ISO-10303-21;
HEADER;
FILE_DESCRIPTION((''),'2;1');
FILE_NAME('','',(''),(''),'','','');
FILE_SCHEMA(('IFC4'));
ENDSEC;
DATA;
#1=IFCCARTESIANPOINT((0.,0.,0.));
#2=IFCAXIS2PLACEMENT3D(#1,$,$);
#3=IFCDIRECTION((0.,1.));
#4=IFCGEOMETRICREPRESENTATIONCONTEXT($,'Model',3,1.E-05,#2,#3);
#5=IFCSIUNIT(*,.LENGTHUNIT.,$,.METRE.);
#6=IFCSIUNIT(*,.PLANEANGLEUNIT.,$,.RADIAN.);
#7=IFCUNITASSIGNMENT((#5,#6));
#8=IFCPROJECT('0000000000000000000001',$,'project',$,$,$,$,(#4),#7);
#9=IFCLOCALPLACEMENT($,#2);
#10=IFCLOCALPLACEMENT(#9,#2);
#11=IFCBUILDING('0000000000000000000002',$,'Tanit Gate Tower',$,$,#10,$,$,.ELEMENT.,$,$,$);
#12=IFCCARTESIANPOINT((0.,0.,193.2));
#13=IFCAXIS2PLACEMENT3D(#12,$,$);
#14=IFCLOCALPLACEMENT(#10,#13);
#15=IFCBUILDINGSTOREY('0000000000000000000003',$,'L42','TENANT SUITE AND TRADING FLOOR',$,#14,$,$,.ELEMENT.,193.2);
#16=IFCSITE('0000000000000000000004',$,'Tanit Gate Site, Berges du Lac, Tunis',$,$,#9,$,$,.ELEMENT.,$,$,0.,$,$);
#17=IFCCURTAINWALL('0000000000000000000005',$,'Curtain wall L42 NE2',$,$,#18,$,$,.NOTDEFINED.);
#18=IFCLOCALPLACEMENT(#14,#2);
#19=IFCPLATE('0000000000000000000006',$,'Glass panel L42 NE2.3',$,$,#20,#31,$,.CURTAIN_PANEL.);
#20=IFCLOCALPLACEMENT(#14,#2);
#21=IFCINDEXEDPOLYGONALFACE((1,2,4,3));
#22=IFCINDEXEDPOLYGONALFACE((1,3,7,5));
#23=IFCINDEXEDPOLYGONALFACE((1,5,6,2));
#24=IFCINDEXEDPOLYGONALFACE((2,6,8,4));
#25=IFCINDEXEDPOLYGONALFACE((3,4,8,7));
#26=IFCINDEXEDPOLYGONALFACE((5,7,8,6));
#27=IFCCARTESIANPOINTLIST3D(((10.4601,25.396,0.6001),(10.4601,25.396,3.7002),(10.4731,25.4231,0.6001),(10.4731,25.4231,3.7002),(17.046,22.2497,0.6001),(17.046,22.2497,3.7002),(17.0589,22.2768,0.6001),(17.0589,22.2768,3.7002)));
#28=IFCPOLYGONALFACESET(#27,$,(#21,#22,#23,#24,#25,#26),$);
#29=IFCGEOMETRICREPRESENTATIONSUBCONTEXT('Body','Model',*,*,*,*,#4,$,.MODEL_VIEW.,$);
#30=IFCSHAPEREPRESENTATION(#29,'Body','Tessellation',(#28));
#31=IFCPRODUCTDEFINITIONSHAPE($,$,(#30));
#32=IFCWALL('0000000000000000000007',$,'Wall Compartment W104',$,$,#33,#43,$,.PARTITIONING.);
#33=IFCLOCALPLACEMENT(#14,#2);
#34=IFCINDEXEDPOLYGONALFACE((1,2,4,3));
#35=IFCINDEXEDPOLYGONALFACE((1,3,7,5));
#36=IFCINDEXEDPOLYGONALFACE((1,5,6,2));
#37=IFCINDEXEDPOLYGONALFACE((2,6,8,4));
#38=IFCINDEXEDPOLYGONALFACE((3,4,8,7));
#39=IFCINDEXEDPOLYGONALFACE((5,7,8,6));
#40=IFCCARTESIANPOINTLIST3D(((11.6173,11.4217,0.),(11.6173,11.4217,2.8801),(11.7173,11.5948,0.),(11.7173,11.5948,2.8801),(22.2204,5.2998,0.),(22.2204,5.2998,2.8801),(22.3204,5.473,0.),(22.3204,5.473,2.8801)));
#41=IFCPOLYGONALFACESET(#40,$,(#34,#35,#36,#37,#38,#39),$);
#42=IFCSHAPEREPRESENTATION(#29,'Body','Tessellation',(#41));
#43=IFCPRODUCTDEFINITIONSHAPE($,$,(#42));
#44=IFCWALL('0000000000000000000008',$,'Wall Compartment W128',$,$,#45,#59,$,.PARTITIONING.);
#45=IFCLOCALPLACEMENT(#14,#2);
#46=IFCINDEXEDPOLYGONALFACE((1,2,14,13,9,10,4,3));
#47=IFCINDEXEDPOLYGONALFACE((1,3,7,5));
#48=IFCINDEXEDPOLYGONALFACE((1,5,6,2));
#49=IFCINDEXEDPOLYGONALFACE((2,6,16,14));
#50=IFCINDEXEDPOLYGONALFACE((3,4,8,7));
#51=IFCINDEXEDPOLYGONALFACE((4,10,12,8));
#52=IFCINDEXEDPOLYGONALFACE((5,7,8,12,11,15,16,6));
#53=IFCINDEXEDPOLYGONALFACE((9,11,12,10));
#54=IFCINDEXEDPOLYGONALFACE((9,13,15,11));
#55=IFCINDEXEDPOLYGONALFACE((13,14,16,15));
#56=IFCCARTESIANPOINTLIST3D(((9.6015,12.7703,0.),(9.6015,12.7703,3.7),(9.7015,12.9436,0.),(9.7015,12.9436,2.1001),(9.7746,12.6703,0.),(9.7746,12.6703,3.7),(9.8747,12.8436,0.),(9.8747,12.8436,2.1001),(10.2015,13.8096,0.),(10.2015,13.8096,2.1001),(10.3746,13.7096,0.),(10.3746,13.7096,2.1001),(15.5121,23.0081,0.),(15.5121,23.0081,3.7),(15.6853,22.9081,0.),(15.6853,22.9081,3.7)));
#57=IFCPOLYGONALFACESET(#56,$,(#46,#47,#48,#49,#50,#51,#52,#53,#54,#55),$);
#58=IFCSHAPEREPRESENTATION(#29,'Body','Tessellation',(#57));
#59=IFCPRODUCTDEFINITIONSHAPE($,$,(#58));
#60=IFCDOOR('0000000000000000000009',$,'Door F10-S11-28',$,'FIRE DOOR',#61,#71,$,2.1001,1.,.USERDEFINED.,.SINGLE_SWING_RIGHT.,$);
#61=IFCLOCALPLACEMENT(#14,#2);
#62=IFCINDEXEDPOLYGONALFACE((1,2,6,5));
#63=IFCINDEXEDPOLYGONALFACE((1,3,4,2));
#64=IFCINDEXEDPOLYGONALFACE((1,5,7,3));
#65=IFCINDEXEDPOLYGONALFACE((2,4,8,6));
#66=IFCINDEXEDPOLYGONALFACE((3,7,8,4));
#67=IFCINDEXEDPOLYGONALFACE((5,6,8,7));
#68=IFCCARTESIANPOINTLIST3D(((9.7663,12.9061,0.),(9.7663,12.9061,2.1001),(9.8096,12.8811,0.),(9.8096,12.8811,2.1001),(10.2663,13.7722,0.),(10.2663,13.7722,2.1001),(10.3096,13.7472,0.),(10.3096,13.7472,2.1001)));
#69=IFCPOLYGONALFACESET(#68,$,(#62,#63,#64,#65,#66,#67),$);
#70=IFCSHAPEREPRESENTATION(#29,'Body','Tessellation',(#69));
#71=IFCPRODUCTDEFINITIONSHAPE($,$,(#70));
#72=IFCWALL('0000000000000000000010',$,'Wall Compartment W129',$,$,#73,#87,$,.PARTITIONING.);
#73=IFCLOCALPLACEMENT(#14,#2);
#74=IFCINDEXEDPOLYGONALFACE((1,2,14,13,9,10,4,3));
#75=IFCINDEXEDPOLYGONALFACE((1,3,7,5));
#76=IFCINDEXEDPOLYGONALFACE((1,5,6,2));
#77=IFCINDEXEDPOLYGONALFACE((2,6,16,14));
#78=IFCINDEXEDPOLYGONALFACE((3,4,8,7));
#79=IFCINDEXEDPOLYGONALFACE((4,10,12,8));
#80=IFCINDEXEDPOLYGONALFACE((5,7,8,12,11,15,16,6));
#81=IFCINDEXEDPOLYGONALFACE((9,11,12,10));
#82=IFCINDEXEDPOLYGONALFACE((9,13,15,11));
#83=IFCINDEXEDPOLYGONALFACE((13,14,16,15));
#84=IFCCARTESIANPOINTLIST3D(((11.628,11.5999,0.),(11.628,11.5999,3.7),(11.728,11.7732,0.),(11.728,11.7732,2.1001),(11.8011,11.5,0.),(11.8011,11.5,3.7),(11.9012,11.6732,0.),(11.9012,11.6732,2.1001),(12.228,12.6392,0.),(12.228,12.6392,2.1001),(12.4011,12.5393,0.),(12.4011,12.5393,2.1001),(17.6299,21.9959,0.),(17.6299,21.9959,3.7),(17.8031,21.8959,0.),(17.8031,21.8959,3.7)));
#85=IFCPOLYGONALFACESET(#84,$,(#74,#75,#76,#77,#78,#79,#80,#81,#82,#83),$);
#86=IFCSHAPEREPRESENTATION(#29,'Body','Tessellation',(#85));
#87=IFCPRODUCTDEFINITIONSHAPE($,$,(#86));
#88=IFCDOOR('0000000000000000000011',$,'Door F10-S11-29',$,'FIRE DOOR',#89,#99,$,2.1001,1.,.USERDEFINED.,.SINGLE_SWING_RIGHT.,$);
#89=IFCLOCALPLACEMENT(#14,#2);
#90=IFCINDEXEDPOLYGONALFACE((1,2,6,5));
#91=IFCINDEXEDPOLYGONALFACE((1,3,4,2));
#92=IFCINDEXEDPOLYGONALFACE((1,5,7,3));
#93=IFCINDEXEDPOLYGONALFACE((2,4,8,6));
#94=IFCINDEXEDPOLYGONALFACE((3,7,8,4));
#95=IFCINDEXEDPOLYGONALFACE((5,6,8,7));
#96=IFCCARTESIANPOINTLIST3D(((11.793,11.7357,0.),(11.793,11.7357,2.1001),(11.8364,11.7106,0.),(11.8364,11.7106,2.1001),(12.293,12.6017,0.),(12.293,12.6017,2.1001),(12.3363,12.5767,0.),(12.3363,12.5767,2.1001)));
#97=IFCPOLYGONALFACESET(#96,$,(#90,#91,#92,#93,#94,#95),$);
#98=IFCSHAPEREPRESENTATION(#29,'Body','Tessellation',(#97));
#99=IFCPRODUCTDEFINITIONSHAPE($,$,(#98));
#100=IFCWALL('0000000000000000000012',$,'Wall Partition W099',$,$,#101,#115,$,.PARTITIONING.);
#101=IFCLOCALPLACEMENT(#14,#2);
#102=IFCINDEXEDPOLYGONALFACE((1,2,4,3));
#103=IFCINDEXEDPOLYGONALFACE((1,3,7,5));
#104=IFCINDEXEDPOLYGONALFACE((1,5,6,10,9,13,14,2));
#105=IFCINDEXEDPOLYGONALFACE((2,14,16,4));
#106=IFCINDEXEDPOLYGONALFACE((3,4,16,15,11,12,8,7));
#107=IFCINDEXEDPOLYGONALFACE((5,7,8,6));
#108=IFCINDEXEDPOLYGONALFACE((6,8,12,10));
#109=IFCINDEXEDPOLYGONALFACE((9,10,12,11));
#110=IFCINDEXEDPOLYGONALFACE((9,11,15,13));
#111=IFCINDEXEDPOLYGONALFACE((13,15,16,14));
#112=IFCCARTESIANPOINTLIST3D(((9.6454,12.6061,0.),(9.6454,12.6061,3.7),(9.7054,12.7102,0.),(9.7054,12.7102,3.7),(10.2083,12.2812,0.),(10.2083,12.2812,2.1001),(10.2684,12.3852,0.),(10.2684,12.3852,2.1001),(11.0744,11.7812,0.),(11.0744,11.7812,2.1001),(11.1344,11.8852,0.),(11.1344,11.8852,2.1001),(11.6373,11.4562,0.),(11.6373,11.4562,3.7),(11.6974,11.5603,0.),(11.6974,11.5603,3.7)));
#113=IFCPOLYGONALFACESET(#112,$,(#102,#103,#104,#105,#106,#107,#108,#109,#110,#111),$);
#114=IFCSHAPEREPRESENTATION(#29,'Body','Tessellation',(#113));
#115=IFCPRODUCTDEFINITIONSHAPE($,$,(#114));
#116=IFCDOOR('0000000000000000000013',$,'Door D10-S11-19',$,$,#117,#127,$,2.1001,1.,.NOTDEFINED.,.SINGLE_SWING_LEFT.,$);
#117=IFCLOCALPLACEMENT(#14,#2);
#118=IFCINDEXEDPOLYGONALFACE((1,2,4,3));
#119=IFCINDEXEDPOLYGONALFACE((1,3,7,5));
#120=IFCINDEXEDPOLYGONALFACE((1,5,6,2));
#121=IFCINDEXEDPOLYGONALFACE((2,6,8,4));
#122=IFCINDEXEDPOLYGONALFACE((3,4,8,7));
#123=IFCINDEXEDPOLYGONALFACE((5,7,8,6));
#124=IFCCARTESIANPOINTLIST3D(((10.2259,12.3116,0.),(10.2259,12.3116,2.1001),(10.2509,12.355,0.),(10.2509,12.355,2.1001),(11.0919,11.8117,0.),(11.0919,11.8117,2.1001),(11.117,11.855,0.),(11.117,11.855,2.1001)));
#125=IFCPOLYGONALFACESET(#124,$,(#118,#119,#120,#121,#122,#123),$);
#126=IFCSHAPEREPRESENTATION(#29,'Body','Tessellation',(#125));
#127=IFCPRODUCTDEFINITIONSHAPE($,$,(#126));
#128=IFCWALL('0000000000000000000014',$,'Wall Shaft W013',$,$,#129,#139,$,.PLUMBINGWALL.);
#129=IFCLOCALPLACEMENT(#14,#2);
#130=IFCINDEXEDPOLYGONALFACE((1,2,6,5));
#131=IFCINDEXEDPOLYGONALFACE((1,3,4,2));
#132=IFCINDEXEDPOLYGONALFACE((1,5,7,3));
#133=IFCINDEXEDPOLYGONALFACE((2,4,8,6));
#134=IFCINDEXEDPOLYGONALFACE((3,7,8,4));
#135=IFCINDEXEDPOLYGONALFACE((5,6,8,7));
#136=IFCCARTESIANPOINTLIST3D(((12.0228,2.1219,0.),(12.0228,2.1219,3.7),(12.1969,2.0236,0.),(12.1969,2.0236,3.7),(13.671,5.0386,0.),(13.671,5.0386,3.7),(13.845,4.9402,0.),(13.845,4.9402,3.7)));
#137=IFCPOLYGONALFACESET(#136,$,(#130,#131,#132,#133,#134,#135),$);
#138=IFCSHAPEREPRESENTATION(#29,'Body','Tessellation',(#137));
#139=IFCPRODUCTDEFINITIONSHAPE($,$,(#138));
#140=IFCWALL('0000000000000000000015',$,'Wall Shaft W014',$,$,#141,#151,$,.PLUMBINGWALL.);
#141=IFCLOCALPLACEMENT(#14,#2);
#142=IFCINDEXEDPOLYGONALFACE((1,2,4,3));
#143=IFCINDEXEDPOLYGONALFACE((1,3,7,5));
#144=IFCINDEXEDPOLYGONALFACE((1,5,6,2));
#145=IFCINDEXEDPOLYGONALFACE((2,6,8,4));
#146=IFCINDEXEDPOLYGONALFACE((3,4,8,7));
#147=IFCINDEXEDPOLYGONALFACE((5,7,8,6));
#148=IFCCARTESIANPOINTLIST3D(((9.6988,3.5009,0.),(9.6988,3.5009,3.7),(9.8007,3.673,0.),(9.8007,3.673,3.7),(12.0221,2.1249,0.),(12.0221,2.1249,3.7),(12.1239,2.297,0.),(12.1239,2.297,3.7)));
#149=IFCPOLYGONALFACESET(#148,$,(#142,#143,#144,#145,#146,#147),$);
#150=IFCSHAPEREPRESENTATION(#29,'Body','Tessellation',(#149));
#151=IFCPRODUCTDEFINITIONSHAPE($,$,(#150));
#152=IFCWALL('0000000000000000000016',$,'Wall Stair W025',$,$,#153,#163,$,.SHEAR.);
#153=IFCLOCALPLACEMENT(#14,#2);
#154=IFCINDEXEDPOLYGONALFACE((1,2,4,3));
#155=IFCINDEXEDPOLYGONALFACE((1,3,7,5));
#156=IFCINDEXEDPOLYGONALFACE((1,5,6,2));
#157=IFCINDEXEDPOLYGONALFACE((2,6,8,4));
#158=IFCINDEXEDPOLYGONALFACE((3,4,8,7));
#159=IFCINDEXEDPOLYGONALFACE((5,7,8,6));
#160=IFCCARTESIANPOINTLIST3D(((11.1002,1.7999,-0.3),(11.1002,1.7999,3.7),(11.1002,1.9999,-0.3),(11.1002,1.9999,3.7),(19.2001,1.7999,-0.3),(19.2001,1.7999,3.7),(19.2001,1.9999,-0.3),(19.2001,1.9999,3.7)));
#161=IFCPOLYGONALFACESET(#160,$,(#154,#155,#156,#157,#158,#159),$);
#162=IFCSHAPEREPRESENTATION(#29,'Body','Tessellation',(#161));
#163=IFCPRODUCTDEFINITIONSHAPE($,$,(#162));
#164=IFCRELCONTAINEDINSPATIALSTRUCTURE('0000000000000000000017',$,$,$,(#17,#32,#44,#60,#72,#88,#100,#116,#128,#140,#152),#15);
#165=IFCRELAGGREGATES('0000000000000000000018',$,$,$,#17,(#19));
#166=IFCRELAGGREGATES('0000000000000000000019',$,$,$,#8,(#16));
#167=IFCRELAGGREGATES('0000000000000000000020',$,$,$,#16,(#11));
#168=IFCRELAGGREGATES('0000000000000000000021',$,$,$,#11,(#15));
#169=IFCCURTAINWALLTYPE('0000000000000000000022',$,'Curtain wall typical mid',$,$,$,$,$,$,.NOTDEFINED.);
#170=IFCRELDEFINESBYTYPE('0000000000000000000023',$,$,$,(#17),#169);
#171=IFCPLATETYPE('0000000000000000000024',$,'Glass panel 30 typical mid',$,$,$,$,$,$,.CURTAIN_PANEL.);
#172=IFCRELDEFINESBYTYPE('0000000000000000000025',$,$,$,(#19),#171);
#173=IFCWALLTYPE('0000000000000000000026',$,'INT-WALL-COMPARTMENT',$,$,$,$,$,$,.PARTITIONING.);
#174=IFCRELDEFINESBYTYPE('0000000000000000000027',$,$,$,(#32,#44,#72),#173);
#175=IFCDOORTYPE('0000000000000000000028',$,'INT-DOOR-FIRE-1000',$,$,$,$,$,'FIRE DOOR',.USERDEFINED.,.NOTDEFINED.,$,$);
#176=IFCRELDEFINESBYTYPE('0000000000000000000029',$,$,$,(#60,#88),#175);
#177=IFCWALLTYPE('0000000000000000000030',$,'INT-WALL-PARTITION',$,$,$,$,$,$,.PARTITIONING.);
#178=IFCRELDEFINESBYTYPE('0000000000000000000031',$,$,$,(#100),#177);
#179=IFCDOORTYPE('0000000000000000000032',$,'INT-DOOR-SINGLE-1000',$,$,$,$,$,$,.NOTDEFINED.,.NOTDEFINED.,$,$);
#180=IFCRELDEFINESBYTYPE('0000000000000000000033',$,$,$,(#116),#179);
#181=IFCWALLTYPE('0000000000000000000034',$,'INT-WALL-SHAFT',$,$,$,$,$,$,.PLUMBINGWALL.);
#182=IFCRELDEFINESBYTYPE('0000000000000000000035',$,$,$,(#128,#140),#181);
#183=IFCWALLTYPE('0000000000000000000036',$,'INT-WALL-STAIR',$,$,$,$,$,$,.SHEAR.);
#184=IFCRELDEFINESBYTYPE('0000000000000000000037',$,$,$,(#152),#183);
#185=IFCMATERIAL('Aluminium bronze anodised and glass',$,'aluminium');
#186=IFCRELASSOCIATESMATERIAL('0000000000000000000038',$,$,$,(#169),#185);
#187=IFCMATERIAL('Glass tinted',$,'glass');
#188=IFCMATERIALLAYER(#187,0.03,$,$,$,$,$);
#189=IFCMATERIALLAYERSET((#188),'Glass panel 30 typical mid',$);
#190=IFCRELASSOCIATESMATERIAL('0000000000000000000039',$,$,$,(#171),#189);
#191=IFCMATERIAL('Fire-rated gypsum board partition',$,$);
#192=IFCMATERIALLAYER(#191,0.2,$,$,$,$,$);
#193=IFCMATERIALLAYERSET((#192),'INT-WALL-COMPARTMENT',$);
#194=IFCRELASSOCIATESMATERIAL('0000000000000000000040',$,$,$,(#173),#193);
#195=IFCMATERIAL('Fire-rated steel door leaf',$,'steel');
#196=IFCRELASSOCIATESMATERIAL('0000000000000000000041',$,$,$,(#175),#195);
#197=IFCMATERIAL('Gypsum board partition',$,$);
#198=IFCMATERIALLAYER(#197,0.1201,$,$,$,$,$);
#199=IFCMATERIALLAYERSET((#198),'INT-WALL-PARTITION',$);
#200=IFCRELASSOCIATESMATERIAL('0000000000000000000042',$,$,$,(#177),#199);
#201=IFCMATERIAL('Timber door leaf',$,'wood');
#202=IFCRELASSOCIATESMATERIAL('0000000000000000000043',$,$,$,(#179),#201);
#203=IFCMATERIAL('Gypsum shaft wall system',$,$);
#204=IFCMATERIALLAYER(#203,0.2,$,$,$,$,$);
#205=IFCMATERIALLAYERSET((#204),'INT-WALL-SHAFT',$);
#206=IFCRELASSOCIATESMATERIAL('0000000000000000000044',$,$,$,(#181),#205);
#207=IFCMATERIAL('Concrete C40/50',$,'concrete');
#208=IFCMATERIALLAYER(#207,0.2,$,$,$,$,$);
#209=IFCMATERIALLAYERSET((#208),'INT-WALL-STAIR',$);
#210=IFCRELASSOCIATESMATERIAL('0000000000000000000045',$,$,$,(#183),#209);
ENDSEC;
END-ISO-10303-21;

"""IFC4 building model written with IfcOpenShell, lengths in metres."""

from ifc_helpers import new_model, si_unit, direction, frame, frame_2d, origin, origin_2d, place, context, subcontext, project, spatial, rectangle, extrude, material, layer, layer_set, type_object, element, fill, aggregate, save


model = new_model("IFC4")

# Units and contexts
model_context = context("Model", 3, precision=1e-05, world=origin(), true_north=direction((0.0, 1.0)))
body_context = subcontext(model_context, "Body", "Model", "MODEL_VIEW")
ifc_project = project(units=[si_unit("LENGTHUNIT", "METRE"), si_unit("PLANEANGLEUNIT", "RADIAN")], contexts=[model_context])

# Site, building, storey
site_placement = place(None, origin())
site = spatial("IfcSite", under=ifc_project, at=site_placement, Name="Tanit Gate Site, Berges du Lac, Tunis", CompositionType="ELEMENT", RefElevation=0.0)
building_placement = place(site_placement, origin())
building = spatial("IfcBuilding", under=site, at=building_placement, Name="Tanit Gate Tower", CompositionType="ELEMENT")
storey_placement = place(building_placement, frame((0.0, 0.0, 193.2)))
storey = spatial("IfcBuildingStorey", under=building, at=storey_placement, Name="L42", Description="TENANT SUITE AND TRADING FLOOR", CompositionType="ELEMENT", Elevation=193.2)

# Curtain wall
ifc_material_1 = material(Name="Aluminium bronze anodised and glass", Category="aluminium")
curtain_wall_type = type_object("IfcCurtainWallType", Name="Curtain wall typical mid", PredefinedType="NOTDEFINED", material=ifc_material_1)
curtain_wall_placement = place(storey_placement, origin())
curtain_wall = element("IfcCurtainWall", 1, at=curtain_wall_placement, inside=storey, type_object=curtain_wall_type, Name="Curtain wall L42 NE2", PredefinedType="NOTDEFINED")

# Plate
ifc_material_2 = material(Name="Glass tinted", Category="glass")
ifc_layer_1 = layer(ifc_material_2, 0.03)
ifc_layer_set_1 = layer_set([ifc_layer_1], Name="Glass panel 30 typical mid")
plate_type = type_object("IfcPlateType", Name="Glass panel 30 typical mid", PredefinedType="CURTAIN_PANEL", material=ifc_layer_set_1)
plate_1_placement = place(storey_placement, frame((13.7595, 23.8364, 0.6001), z_axis=(0.0, 0.0, 1.0), x_axis=(-0.902317, 0.431073, 0.0)))
plate_1 = element("IfcPlate", 2, at=plate_1_placement, type_object=plate_type, Name="Glass panel L42 NE2.3", PredefinedType="CURTAIN_PANEL", context=body_context, shape_type="SweptSolid", body=[
    extrude(rectangle(XDim=7.2988, YDim=0.03, at=origin_2d()), origin(), (0.0, 0.0, 1.0), 3.1001),
])
aggregate(curtain_wall, [plate_1])

# Wall
ifc_material_3 = material(Name="Fire-rated gypsum board partition")
ifc_layer_2 = layer(ifc_material_3, 0.2)
ifc_layer_set_2 = layer_set([ifc_layer_2], Name="INT-WALL-COMPARTMENT")
wall_type_1 = type_object("IfcWallType", Name="INT-WALL-COMPARTMENT", PredefinedType="PARTITIONING", material=ifc_layer_set_2)
wall_1_placement = place(storey_placement, frame((22.2703, 5.3865, 0.0), z_axis=(0.0, 0.0, 1.0), x_axis=(-0.86602, 0.50001, 0.0)))
element("IfcWall", 3, at=wall_1_placement, inside=storey, type_object=wall_type_1, Name="Wall Compartment W104", PredefinedType="PARTITIONING", context=body_context, shape_type="SweptSolid", body=[
    extrude(rectangle(XDim=12.2434, YDim=0.2, at=frame_2d((6.1216, 0.0))), origin(), (0.0, 0.0, 1.0), 2.8801),
])

# Walls, openings, doors
wall_2_placement = place(storey_placement, frame((15.5986, 22.958, 0.0), z_axis=(0.0, 0.0, 1.0), x_axis=(-0.499991, -0.866031, 0.0)))
wall_2 = element("IfcWall", 4, at=wall_2_placement, inside=storey, type_object=wall_type_1, Name="Wall Compartment W128", PredefinedType="PARTITIONING", context=body_context, shape_type="SweptSolid", body=[
    extrude(rectangle(XDim=11.8215, YDim=0.2, at=frame_2d((5.9106, 0.0))), origin(), (0.0, 0.0, 1.0), 3.7),
])
opening_1_placement = place(wall_2_placement, frame((10.6213, 0.0, 0.0)))
opening_1 = element("IfcOpeningElement", 5, at=opening_1_placement, cuts=wall_2, PredefinedType="OPENING", context=body_context, shape_type="SweptSolid", body=[
    extrude(rectangle(XDim=1.0, YDim=2.1001, at=frame_2d((0.5, 1.05))), frame((0.0, 0.1099, 0.0), z_axis=(0.0, -1.0, 0.0), x_axis=(1.0, 0.0, 0.0)), (0.0, 0.0, 1.0), 0.22),
])
ifc_material_4 = material(Name="Fire-rated steel door leaf", Category="steel")
door_type_1 = type_object("IfcDoorType", Name="INT-DOOR-FIRE-1000", ElementType="FIRE DOOR", OperationType="NOTDEFINED", PredefinedType="USERDEFINED", material=ifc_material_4)
door_1_placement = place(opening_1_placement, origin())
door_1 = element("IfcDoor", 6, at=door_1_placement, inside=storey, type_object=door_type_1, Name="Door F10-S11-28", ObjectType="FIRE DOOR", OperationType="SINGLE_SWING_RIGHT", OverallHeight=2.1001, OverallWidth=1.0, PredefinedType="USERDEFINED", context=body_context, shape_type="SweptSolid", body=[
    extrude(rectangle(XDim=1.0, YDim=2.1001, at=frame_2d((0.5, 1.05))), frame((0.0, 0.0249, 0.0), z_axis=(0.0, -1.0, 0.0), x_axis=(1.0, 0.0, 0.0)), (0.0, 0.0, 1.0), 0.05),
])
fill(opening_1, door_1)
wall_3_placement = place(storey_placement, frame((11.7146, 11.55, 0.0), z_axis=(0.0, 0.0, 1.0), x_axis=(0.499989, 0.866032, 0.0)))
wall_3 = element("IfcWall", 7, at=wall_3_placement, inside=storey, type_object=wall_type_1, Name="Wall Compartment W129", PredefinedType="PARTITIONING", context=body_context, shape_type="SweptSolid", body=[
    extrude(rectangle(XDim=12.0042, YDim=0.2, at=frame_2d((6.002, 0.0))), origin(), (0.0, 0.0, 1.0), 3.7),
])
opening_2_placement = place(wall_3_placement, frame((0.2, 0.0, 0.0)))
opening_2 = element("IfcOpeningElement", 8, at=opening_2_placement, cuts=wall_3, PredefinedType="OPENING", context=body_context, shape_type="SweptSolid", body=[
    extrude(rectangle(XDim=1.0, YDim=2.1001, at=frame_2d((0.5, 1.05))), frame((0.0, 0.1099, 0.0), z_axis=(0.0, -1.0, 0.0), x_axis=(1.0, 0.0, 0.0)), (0.0, 0.0, 1.0), 0.22),
])
door_2_placement = place(opening_2_placement, origin())
door_2 = element("IfcDoor", 9, at=door_2_placement, inside=storey, type_object=door_type_1, Name="Door F10-S11-29", ObjectType="FIRE DOOR", OperationType="SINGLE_SWING_RIGHT", OverallHeight=2.1001, OverallWidth=1.0, PredefinedType="USERDEFINED", context=body_context, shape_type="SweptSolid", body=[
    extrude(rectangle(XDim=1.0, YDim=2.1001, at=frame_2d((0.5, 1.05))), frame((0.0, 0.0249, 0.0), z_axis=(0.0, -1.0, 0.0), x_axis=(1.0, 0.0, 0.0)), (0.0, 0.0, 1.0), 0.05),
])
fill(opening_2, door_2)
ifc_material_5 = material(Name="Gypsum board partition")
ifc_layer_3 = layer(ifc_material_5, 0.1201)
ifc_layer_set_3 = layer_set([ifc_layer_3], Name="INT-WALL-PARTITION")
wall_type_2 = type_object("IfcWallType", Name="INT-WALL-PARTITION", PredefinedType="PARTITIONING", material=ifc_layer_set_3)
wall_4_placement = place(storey_placement, frame((11.6672, 11.5083, 0.0), z_axis=(0.0, 0.0, 1.0), x_axis=(-0.866053, 0.499952, 0.0)))
wall_4 = element("IfcWall", 10, at=wall_4_placement, inside=storey, type_object=wall_type_2, Name="Wall Partition W099", PredefinedType="PARTITIONING", context=body_context, shape_type="SweptSolid", body=[
    extrude(rectangle(XDim=2.3, YDim=0.1201, at=frame_2d((1.1499, 0.0))), origin(), (0.0, 0.0, 1.0), 3.7),
])
opening_3_placement = place(wall_4_placement, frame((0.6499, 0.0, 0.0)))
opening_3 = element("IfcOpeningElement", 11, at=opening_3_placement, cuts=wall_4, PredefinedType="OPENING", context=body_context, shape_type="SweptSolid", body=[
    extrude(rectangle(XDim=1.0, YDim=2.1001, at=frame_2d((0.5, 1.05))), frame((0.0, 0.0701, 0.0), z_axis=(0.0, -1.0, 0.0), x_axis=(1.0, 0.0, 0.0)), (0.0, 0.0, 1.0), 0.1401),
])
ifc_material_6 = material(Name="Timber door leaf", Category="wood")
door_type_2 = type_object("IfcDoorType", Name="INT-DOOR-SINGLE-1000", OperationType="NOTDEFINED", PredefinedType="NOTDEFINED", material=ifc_material_6)
door_3_placement = place(opening_3_placement, origin())
door_3 = element("IfcDoor", 12, at=door_3_placement, inside=storey, type_object=door_type_2, Name="Door D10-S11-19", OperationType="SINGLE_SWING_LEFT", OverallHeight=2.1001, OverallWidth=1.0, PredefinedType="NOTDEFINED", context=body_context, shape_type="SweptSolid", body=[
    extrude(rectangle(XDim=1.0, YDim=2.1001, at=frame_2d((0.5, 1.05))), frame((0.0, 0.0249, 0.0), z_axis=(0.0, -1.0, 0.0), x_axis=(1.0, 0.0, 0.0)), (0.0, 0.0, 1.0), 0.05),
])
fill(opening_3, door_3)

# Walls
ifc_material_7 = material(Name="Gypsum shaft wall system")
ifc_layer_4 = layer(ifc_material_7, 0.2)
ifc_layer_set_4 = layer_set([ifc_layer_4], Name="INT-WALL-SHAFT")
wall_type_3 = type_object("IfcWallType", Name="INT-WALL-SHAFT", PredefinedType="PLUMBINGWALL", material=ifc_layer_set_4)
wall_5_placement = place(storey_placement, frame((12.1099, 2.0728, 0.0), z_axis=(0.0, 0.0, 1.0), x_axis=(0.491966, 0.870614, 0.0)))
element("IfcWall", 13, at=wall_5_placement, inside=storey, type_object=wall_type_3, Name="Wall Shaft W013", PredefinedType="PLUMBINGWALL", context=body_context, shape_type="SweptSolid", body=[
    extrude(rectangle(XDim=3.3501, YDim=0.2, at=frame_2d((1.675, 0.0))), origin(), (0.0, 0.0, 1.0), 3.7),
])
wall_6_placement = place(storey_placement, frame((12.073, 2.2109, 0.0), z_axis=(0.0, 0.0, 1.0), x_axis=(-0.860415, 0.509594, 0.0)))
element("IfcWall", 14, at=wall_6_placement, inside=storey, type_object=wall_type_3, Name="Wall Shaft W014", PredefinedType="PLUMBINGWALL", context=body_context, shape_type="SweptSolid", body=[
    extrude(rectangle(XDim=2.7002, YDim=0.2, at=frame_2d((1.3501, 0.0))), origin(), (0.0, 0.0, 1.0), 3.7),
])
ifc_material_8 = material(Name="Concrete C40/50", Category="concrete")
ifc_layer_5 = layer(ifc_material_8, 0.2)
ifc_layer_set_5 = layer_set([ifc_layer_5], Name="INT-WALL-STAIR")
wall_type_4 = type_object("IfcWallType", Name="INT-WALL-STAIR", PredefinedType="SHEAR", material=ifc_layer_set_5)
wall_7_placement = place(storey_placement, frame((19.2, 1.8999, -0.3), z_axis=(0.0, 0.0, 1.0), x_axis=(-1.0, 0.0, 0.0)))
element("IfcWall", 15, at=wall_7_placement, inside=storey, type_object=wall_type_4, Name="Wall Stair W025", PredefinedType="SHEAR", context=body_context, shape_type="SweptSolid", body=[
    extrude(rectangle(XDim=8.0999, YDim=0.2, at=frame_2d((4.0498, 0.0))), origin(), (0.0, 0.0, 1.0), 4.0),
])

save(model, "model.ifc")
